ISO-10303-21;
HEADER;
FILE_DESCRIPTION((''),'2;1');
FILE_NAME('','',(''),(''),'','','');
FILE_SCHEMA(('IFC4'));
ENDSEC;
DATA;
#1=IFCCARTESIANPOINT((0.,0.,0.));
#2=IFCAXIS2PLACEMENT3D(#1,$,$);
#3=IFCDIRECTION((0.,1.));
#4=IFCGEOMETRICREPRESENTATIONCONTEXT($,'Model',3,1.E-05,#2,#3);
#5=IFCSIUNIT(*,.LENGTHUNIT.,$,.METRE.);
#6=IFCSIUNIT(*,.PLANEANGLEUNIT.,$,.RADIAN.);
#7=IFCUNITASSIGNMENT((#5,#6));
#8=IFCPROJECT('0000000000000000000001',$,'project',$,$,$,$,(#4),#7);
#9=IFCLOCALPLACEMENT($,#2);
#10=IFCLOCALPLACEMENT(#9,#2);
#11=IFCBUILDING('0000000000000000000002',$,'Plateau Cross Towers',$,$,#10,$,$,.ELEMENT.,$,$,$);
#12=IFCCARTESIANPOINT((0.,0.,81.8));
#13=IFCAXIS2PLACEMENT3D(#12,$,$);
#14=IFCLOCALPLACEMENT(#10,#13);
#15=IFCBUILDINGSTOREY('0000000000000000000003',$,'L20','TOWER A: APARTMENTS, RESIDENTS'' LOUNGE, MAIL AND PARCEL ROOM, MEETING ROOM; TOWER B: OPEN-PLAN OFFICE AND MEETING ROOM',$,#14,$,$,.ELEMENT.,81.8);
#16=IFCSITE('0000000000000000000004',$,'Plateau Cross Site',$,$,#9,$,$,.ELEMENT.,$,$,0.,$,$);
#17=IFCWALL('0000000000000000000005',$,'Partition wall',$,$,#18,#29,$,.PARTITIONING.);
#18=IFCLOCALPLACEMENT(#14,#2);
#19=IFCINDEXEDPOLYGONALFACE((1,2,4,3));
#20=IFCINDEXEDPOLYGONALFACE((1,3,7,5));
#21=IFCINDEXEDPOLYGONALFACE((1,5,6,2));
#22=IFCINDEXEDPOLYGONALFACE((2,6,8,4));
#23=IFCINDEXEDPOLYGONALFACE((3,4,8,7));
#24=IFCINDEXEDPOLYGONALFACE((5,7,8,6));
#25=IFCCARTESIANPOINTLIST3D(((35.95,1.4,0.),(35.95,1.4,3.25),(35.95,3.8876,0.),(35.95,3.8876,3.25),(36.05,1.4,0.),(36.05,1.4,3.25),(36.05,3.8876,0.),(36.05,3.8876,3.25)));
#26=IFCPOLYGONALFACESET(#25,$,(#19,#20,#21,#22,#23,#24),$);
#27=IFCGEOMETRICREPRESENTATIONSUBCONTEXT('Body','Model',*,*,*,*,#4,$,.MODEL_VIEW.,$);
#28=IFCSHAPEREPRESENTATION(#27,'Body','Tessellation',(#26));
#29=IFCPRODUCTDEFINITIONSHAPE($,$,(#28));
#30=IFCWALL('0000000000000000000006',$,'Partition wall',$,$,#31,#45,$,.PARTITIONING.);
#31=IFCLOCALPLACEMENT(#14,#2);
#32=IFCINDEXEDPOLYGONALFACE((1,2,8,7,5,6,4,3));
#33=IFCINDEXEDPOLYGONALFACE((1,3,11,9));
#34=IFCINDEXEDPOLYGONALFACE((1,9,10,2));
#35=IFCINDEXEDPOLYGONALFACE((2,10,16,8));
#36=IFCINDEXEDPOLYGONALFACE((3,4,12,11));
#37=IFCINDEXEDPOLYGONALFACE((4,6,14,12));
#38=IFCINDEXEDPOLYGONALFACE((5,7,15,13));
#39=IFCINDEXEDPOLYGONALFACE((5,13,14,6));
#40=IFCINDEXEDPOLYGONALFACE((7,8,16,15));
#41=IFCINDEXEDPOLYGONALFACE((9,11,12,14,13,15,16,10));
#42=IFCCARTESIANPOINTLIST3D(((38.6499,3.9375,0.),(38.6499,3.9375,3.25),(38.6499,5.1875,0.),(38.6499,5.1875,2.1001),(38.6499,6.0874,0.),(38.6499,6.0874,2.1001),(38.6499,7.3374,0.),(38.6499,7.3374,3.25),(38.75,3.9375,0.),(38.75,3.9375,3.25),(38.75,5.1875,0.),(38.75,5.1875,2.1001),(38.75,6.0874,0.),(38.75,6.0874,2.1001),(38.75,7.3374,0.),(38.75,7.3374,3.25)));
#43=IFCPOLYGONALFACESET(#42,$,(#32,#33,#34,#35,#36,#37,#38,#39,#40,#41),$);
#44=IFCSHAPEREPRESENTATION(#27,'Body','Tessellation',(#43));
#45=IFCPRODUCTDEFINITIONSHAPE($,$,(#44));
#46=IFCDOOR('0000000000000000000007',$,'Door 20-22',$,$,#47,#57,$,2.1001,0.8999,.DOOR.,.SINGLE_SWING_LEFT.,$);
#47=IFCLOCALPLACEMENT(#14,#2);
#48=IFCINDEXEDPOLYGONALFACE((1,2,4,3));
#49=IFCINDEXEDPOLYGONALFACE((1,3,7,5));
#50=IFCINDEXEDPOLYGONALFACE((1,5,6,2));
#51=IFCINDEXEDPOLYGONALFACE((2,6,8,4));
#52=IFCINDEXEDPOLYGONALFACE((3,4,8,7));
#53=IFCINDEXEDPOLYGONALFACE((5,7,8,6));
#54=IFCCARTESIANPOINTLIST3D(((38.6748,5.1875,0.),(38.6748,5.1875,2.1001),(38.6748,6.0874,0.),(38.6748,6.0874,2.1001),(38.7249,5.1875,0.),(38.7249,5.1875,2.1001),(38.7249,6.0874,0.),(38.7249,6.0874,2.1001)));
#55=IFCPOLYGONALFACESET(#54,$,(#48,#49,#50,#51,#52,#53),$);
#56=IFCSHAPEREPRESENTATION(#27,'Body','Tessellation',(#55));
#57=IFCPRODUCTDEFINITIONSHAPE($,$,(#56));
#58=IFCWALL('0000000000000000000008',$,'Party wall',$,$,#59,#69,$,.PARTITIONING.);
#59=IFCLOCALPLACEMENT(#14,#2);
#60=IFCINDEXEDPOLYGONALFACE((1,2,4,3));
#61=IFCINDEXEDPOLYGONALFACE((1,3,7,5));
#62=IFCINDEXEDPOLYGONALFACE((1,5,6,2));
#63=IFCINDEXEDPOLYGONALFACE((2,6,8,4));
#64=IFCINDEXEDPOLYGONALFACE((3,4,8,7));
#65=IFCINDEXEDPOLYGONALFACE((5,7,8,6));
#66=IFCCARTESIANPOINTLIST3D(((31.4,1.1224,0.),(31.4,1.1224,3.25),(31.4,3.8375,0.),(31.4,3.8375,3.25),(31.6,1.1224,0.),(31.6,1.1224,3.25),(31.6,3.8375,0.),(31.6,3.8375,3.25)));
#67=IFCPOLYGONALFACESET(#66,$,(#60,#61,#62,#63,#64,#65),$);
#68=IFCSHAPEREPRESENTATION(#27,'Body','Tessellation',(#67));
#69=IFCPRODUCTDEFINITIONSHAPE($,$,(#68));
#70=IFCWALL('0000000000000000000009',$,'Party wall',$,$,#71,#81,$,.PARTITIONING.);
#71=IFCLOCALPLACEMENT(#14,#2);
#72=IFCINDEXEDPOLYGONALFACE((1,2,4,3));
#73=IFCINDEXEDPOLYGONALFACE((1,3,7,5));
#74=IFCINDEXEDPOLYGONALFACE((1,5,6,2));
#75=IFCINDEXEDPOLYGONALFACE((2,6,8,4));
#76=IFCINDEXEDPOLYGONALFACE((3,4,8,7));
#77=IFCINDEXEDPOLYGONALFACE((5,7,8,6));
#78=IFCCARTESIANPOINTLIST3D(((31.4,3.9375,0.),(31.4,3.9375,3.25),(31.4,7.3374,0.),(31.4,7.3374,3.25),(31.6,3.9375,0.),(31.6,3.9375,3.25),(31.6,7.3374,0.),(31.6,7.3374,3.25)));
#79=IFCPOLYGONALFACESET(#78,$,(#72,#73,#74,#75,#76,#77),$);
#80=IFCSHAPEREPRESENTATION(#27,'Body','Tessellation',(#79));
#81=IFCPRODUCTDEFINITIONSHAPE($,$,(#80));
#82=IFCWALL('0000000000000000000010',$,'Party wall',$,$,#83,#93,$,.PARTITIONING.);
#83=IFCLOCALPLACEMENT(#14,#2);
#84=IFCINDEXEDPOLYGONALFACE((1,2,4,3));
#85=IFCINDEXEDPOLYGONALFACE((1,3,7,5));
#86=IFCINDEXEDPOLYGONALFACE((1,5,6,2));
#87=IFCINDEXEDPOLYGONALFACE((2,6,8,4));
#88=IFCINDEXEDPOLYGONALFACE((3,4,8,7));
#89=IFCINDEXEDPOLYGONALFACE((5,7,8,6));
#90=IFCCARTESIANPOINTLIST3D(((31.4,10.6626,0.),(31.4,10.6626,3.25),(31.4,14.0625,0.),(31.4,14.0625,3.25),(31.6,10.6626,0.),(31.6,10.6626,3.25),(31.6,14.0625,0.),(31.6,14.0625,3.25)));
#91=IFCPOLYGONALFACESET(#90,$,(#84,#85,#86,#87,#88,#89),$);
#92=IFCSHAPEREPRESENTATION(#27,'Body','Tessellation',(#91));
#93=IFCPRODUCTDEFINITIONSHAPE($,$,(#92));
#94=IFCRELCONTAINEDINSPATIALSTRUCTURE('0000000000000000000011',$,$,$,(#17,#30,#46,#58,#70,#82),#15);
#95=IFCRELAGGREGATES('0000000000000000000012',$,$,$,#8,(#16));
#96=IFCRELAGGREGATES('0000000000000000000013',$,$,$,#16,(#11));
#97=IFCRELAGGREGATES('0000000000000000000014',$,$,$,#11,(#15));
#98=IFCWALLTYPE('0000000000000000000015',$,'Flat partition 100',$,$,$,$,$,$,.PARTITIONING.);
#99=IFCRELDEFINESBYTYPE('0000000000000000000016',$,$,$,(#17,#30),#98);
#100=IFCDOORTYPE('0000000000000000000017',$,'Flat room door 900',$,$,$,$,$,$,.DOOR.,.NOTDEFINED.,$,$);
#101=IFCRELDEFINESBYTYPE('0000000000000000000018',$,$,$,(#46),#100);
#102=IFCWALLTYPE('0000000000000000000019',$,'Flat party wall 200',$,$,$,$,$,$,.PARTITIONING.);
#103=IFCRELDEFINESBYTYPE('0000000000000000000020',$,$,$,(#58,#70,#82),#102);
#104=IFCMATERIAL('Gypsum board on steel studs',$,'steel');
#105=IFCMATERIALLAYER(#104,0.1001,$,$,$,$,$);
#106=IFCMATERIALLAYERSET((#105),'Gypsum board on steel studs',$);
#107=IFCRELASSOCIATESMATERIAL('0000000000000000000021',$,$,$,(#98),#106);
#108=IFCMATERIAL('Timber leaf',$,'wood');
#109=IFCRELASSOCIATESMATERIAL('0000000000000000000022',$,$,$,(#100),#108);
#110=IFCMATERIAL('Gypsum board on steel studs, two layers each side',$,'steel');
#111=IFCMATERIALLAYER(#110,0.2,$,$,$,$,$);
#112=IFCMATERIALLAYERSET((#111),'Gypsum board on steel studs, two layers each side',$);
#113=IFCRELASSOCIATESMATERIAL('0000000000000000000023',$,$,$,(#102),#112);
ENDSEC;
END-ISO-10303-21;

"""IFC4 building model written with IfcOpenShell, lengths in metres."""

from ifc_helpers import new_model, si_unit, direction, frame, frame_2d, origin, place, context, subcontext, project, spatial, rectangle, extrude, material, layer, layer_set, type_object, element, fill, save


model = new_model("IFC4")

# Units and contexts
model_context = context("Model", 3, precision=1e-05, world=origin(), true_north=direction((0.0, 1.0)))
body_context = subcontext(model_context, "Body", "Model", "MODEL_VIEW")
ifc_project = project(units=[si_unit("LENGTHUNIT", "METRE"), si_unit("PLANEANGLEUNIT", "RADIAN")], contexts=[model_context])

# Site, building, storey
site_placement = place(None, origin())
site = spatial("IfcSite", under=ifc_project, at=site_placement, Name="Plateau Cross Site", CompositionType="ELEMENT", RefElevation=0.0)
building_placement = place(site_placement, origin())
building = spatial("IfcBuilding", under=site, at=building_placement, Name="Plateau Cross Towers", CompositionType="ELEMENT")
storey_placement = place(building_placement, frame((0.0, 0.0, 81.8)))
storey = spatial("IfcBuildingStorey", under=building, at=storey_placement, Name="L20", Description="TOWER A: APARTMENTS, RESIDENTS' LOUNGE, MAIL AND PARCEL ROOM, MEETING ROOM; TOWER B: OPEN-PLAN OFFICE AND MEETING ROOM", CompositionType="ELEMENT", Elevation=81.8)

# Shared definitions
ifc_material_1 = material(Name="Gypsum board on steel studs", Category="steel")
ifc_layer_1 = layer(ifc_material_1, 0.1001)
ifc_layer_set_1 = layer_set([ifc_layer_1], Name="Gypsum board on steel studs")
wall_type_1 = type_object("IfcWallType", Name="Flat partition 100", PredefinedType="PARTITIONING", material=ifc_layer_set_1)
ifc_material_2 = material(Name="Timber leaf", Category="wood")
door_type = type_object("IfcDoorType", Name="Flat room door 900", OperationType="NOTDEFINED", PredefinedType="DOOR", material=ifc_material_2)

# Wall
wall_1_placement = place(storey_placement, frame((36.0, 3.8875, 0.0), z_axis=(0.0, 0.0, 1.0), x_axis=(0.0, -1.0, 0.0)))
element("IfcWall", 1, at=wall_1_placement, inside=storey, type_object=wall_type_1, Name="Partition wall", PredefinedType="PARTITIONING", context=body_context, shape_type="SweptSolid", body=[
    extrude(rectangle(XDim=2.4875, YDim=0.1001, at=frame_2d((1.2437, 0.0))), origin(), (0.0, 0.0, 1.0), 3.25),
])

# Wall, opening, door
wall_2_placement = place(storey_placement, frame((38.7, 7.3374, 0.0), z_axis=(0.0, 0.0, 1.0), x_axis=(0.0, -1.0, 0.0)))
wall_2 = element("IfcWall", 2, at=wall_2_placement, inside=storey, type_object=wall_type_1, Name="Partition wall", PredefinedType="PARTITIONING", context=body_context, shape_type="SweptSolid", body=[
    extrude(rectangle(XDim=3.3999, YDim=0.1001, at=frame_2d((1.7, 0.0))), origin(), (0.0, 0.0, 1.0), 3.25),
])
opening_1_placement = place(wall_2_placement, frame((1.25, 0.0, 0.0)))
opening_1 = element("IfcOpeningElement", 3, at=opening_1_placement, cuts=wall_2, PredefinedType="OPENING", context=body_context, shape_type="SweptSolid", body=[
    extrude(rectangle(XDim=0.8999, YDim=2.1001, at=frame_2d((0.45, 1.05))), frame((0.0, 0.0601, 0.0), z_axis=(0.0, -1.0, 0.0), x_axis=(1.0, 0.0, 0.0)), (0.0, 0.0, 1.0), 0.1201),
])
door_1_placement = place(opening_1_placement, origin())
door_1 = element("IfcDoor", 4, at=door_1_placement, inside=storey, type_object=door_type, Name="Door 20-22", OperationType="SINGLE_SWING_LEFT", OverallHeight=2.1001, OverallWidth=0.8999, PredefinedType="DOOR", context=body_context, shape_type="SweptSolid", body=[
    extrude(rectangle(XDim=0.8999, YDim=2.1001, at=frame_2d((0.45, 1.05))), frame((0.0, 0.0249, 0.0), z_axis=(0.0, -1.0, 0.0), x_axis=(1.0, 0.0, 0.0)), (0.0, 0.0, 1.0), 0.05),
])
fill(opening_1, door_1)

# Walls
ifc_material_3 = material(Name="Gypsum board on steel studs, two layers each side", Category="steel")
ifc_layer_2 = layer(ifc_material_3, 0.2)
ifc_layer_set_2 = layer_set([ifc_layer_2], Name="Gypsum board on steel studs, two layers each side")
wall_type_2 = type_object("IfcWallType", Name="Flat party wall 200", PredefinedType="PARTITIONING", material=ifc_layer_set_2)
wall_3_placement = place(storey_placement, frame((31.5, 3.8374, 0.0), z_axis=(0.0, 0.0, 1.0), x_axis=(0.0, -1.0, 0.0)))
element("IfcWall", 5, at=wall_3_placement, inside=storey, type_object=wall_type_2, Name="Party wall", PredefinedType="PARTITIONING", context=body_context, shape_type="SweptSolid", body=[
    extrude(rectangle(XDim=2.7151, YDim=0.2, at=frame_2d((1.3574, 0.0))), origin(), (0.0, 0.0, 1.0), 3.25),
])
for number, where, z_axis, x_axis, name in (
    (6, (31.5, 3.9375, 0.0), (0.0, 0.0, 1.0), (0.0, 1.0, 0.0), "Party wall"),
    (7, (31.5, 10.6626, 0.0), (0.0, 0.0, 1.0), (0.0, 1.0, 0.0), "Party wall"),
):
    element("IfcWall", number, at=place(storey_placement, frame(where, z_axis=z_axis, x_axis=x_axis)), inside=storey, type_object=wall_type_2, Name=name, PredefinedType="PARTITIONING", context=body_context, shape_type="SweptSolid", body=[
        extrude(rectangle(XDim=3.3999, YDim=0.2, at=frame_2d((1.7, 0.0))), origin(), (0.0, 0.0, 1.0), 3.25),
    ])

save(model, "model.ifc")
